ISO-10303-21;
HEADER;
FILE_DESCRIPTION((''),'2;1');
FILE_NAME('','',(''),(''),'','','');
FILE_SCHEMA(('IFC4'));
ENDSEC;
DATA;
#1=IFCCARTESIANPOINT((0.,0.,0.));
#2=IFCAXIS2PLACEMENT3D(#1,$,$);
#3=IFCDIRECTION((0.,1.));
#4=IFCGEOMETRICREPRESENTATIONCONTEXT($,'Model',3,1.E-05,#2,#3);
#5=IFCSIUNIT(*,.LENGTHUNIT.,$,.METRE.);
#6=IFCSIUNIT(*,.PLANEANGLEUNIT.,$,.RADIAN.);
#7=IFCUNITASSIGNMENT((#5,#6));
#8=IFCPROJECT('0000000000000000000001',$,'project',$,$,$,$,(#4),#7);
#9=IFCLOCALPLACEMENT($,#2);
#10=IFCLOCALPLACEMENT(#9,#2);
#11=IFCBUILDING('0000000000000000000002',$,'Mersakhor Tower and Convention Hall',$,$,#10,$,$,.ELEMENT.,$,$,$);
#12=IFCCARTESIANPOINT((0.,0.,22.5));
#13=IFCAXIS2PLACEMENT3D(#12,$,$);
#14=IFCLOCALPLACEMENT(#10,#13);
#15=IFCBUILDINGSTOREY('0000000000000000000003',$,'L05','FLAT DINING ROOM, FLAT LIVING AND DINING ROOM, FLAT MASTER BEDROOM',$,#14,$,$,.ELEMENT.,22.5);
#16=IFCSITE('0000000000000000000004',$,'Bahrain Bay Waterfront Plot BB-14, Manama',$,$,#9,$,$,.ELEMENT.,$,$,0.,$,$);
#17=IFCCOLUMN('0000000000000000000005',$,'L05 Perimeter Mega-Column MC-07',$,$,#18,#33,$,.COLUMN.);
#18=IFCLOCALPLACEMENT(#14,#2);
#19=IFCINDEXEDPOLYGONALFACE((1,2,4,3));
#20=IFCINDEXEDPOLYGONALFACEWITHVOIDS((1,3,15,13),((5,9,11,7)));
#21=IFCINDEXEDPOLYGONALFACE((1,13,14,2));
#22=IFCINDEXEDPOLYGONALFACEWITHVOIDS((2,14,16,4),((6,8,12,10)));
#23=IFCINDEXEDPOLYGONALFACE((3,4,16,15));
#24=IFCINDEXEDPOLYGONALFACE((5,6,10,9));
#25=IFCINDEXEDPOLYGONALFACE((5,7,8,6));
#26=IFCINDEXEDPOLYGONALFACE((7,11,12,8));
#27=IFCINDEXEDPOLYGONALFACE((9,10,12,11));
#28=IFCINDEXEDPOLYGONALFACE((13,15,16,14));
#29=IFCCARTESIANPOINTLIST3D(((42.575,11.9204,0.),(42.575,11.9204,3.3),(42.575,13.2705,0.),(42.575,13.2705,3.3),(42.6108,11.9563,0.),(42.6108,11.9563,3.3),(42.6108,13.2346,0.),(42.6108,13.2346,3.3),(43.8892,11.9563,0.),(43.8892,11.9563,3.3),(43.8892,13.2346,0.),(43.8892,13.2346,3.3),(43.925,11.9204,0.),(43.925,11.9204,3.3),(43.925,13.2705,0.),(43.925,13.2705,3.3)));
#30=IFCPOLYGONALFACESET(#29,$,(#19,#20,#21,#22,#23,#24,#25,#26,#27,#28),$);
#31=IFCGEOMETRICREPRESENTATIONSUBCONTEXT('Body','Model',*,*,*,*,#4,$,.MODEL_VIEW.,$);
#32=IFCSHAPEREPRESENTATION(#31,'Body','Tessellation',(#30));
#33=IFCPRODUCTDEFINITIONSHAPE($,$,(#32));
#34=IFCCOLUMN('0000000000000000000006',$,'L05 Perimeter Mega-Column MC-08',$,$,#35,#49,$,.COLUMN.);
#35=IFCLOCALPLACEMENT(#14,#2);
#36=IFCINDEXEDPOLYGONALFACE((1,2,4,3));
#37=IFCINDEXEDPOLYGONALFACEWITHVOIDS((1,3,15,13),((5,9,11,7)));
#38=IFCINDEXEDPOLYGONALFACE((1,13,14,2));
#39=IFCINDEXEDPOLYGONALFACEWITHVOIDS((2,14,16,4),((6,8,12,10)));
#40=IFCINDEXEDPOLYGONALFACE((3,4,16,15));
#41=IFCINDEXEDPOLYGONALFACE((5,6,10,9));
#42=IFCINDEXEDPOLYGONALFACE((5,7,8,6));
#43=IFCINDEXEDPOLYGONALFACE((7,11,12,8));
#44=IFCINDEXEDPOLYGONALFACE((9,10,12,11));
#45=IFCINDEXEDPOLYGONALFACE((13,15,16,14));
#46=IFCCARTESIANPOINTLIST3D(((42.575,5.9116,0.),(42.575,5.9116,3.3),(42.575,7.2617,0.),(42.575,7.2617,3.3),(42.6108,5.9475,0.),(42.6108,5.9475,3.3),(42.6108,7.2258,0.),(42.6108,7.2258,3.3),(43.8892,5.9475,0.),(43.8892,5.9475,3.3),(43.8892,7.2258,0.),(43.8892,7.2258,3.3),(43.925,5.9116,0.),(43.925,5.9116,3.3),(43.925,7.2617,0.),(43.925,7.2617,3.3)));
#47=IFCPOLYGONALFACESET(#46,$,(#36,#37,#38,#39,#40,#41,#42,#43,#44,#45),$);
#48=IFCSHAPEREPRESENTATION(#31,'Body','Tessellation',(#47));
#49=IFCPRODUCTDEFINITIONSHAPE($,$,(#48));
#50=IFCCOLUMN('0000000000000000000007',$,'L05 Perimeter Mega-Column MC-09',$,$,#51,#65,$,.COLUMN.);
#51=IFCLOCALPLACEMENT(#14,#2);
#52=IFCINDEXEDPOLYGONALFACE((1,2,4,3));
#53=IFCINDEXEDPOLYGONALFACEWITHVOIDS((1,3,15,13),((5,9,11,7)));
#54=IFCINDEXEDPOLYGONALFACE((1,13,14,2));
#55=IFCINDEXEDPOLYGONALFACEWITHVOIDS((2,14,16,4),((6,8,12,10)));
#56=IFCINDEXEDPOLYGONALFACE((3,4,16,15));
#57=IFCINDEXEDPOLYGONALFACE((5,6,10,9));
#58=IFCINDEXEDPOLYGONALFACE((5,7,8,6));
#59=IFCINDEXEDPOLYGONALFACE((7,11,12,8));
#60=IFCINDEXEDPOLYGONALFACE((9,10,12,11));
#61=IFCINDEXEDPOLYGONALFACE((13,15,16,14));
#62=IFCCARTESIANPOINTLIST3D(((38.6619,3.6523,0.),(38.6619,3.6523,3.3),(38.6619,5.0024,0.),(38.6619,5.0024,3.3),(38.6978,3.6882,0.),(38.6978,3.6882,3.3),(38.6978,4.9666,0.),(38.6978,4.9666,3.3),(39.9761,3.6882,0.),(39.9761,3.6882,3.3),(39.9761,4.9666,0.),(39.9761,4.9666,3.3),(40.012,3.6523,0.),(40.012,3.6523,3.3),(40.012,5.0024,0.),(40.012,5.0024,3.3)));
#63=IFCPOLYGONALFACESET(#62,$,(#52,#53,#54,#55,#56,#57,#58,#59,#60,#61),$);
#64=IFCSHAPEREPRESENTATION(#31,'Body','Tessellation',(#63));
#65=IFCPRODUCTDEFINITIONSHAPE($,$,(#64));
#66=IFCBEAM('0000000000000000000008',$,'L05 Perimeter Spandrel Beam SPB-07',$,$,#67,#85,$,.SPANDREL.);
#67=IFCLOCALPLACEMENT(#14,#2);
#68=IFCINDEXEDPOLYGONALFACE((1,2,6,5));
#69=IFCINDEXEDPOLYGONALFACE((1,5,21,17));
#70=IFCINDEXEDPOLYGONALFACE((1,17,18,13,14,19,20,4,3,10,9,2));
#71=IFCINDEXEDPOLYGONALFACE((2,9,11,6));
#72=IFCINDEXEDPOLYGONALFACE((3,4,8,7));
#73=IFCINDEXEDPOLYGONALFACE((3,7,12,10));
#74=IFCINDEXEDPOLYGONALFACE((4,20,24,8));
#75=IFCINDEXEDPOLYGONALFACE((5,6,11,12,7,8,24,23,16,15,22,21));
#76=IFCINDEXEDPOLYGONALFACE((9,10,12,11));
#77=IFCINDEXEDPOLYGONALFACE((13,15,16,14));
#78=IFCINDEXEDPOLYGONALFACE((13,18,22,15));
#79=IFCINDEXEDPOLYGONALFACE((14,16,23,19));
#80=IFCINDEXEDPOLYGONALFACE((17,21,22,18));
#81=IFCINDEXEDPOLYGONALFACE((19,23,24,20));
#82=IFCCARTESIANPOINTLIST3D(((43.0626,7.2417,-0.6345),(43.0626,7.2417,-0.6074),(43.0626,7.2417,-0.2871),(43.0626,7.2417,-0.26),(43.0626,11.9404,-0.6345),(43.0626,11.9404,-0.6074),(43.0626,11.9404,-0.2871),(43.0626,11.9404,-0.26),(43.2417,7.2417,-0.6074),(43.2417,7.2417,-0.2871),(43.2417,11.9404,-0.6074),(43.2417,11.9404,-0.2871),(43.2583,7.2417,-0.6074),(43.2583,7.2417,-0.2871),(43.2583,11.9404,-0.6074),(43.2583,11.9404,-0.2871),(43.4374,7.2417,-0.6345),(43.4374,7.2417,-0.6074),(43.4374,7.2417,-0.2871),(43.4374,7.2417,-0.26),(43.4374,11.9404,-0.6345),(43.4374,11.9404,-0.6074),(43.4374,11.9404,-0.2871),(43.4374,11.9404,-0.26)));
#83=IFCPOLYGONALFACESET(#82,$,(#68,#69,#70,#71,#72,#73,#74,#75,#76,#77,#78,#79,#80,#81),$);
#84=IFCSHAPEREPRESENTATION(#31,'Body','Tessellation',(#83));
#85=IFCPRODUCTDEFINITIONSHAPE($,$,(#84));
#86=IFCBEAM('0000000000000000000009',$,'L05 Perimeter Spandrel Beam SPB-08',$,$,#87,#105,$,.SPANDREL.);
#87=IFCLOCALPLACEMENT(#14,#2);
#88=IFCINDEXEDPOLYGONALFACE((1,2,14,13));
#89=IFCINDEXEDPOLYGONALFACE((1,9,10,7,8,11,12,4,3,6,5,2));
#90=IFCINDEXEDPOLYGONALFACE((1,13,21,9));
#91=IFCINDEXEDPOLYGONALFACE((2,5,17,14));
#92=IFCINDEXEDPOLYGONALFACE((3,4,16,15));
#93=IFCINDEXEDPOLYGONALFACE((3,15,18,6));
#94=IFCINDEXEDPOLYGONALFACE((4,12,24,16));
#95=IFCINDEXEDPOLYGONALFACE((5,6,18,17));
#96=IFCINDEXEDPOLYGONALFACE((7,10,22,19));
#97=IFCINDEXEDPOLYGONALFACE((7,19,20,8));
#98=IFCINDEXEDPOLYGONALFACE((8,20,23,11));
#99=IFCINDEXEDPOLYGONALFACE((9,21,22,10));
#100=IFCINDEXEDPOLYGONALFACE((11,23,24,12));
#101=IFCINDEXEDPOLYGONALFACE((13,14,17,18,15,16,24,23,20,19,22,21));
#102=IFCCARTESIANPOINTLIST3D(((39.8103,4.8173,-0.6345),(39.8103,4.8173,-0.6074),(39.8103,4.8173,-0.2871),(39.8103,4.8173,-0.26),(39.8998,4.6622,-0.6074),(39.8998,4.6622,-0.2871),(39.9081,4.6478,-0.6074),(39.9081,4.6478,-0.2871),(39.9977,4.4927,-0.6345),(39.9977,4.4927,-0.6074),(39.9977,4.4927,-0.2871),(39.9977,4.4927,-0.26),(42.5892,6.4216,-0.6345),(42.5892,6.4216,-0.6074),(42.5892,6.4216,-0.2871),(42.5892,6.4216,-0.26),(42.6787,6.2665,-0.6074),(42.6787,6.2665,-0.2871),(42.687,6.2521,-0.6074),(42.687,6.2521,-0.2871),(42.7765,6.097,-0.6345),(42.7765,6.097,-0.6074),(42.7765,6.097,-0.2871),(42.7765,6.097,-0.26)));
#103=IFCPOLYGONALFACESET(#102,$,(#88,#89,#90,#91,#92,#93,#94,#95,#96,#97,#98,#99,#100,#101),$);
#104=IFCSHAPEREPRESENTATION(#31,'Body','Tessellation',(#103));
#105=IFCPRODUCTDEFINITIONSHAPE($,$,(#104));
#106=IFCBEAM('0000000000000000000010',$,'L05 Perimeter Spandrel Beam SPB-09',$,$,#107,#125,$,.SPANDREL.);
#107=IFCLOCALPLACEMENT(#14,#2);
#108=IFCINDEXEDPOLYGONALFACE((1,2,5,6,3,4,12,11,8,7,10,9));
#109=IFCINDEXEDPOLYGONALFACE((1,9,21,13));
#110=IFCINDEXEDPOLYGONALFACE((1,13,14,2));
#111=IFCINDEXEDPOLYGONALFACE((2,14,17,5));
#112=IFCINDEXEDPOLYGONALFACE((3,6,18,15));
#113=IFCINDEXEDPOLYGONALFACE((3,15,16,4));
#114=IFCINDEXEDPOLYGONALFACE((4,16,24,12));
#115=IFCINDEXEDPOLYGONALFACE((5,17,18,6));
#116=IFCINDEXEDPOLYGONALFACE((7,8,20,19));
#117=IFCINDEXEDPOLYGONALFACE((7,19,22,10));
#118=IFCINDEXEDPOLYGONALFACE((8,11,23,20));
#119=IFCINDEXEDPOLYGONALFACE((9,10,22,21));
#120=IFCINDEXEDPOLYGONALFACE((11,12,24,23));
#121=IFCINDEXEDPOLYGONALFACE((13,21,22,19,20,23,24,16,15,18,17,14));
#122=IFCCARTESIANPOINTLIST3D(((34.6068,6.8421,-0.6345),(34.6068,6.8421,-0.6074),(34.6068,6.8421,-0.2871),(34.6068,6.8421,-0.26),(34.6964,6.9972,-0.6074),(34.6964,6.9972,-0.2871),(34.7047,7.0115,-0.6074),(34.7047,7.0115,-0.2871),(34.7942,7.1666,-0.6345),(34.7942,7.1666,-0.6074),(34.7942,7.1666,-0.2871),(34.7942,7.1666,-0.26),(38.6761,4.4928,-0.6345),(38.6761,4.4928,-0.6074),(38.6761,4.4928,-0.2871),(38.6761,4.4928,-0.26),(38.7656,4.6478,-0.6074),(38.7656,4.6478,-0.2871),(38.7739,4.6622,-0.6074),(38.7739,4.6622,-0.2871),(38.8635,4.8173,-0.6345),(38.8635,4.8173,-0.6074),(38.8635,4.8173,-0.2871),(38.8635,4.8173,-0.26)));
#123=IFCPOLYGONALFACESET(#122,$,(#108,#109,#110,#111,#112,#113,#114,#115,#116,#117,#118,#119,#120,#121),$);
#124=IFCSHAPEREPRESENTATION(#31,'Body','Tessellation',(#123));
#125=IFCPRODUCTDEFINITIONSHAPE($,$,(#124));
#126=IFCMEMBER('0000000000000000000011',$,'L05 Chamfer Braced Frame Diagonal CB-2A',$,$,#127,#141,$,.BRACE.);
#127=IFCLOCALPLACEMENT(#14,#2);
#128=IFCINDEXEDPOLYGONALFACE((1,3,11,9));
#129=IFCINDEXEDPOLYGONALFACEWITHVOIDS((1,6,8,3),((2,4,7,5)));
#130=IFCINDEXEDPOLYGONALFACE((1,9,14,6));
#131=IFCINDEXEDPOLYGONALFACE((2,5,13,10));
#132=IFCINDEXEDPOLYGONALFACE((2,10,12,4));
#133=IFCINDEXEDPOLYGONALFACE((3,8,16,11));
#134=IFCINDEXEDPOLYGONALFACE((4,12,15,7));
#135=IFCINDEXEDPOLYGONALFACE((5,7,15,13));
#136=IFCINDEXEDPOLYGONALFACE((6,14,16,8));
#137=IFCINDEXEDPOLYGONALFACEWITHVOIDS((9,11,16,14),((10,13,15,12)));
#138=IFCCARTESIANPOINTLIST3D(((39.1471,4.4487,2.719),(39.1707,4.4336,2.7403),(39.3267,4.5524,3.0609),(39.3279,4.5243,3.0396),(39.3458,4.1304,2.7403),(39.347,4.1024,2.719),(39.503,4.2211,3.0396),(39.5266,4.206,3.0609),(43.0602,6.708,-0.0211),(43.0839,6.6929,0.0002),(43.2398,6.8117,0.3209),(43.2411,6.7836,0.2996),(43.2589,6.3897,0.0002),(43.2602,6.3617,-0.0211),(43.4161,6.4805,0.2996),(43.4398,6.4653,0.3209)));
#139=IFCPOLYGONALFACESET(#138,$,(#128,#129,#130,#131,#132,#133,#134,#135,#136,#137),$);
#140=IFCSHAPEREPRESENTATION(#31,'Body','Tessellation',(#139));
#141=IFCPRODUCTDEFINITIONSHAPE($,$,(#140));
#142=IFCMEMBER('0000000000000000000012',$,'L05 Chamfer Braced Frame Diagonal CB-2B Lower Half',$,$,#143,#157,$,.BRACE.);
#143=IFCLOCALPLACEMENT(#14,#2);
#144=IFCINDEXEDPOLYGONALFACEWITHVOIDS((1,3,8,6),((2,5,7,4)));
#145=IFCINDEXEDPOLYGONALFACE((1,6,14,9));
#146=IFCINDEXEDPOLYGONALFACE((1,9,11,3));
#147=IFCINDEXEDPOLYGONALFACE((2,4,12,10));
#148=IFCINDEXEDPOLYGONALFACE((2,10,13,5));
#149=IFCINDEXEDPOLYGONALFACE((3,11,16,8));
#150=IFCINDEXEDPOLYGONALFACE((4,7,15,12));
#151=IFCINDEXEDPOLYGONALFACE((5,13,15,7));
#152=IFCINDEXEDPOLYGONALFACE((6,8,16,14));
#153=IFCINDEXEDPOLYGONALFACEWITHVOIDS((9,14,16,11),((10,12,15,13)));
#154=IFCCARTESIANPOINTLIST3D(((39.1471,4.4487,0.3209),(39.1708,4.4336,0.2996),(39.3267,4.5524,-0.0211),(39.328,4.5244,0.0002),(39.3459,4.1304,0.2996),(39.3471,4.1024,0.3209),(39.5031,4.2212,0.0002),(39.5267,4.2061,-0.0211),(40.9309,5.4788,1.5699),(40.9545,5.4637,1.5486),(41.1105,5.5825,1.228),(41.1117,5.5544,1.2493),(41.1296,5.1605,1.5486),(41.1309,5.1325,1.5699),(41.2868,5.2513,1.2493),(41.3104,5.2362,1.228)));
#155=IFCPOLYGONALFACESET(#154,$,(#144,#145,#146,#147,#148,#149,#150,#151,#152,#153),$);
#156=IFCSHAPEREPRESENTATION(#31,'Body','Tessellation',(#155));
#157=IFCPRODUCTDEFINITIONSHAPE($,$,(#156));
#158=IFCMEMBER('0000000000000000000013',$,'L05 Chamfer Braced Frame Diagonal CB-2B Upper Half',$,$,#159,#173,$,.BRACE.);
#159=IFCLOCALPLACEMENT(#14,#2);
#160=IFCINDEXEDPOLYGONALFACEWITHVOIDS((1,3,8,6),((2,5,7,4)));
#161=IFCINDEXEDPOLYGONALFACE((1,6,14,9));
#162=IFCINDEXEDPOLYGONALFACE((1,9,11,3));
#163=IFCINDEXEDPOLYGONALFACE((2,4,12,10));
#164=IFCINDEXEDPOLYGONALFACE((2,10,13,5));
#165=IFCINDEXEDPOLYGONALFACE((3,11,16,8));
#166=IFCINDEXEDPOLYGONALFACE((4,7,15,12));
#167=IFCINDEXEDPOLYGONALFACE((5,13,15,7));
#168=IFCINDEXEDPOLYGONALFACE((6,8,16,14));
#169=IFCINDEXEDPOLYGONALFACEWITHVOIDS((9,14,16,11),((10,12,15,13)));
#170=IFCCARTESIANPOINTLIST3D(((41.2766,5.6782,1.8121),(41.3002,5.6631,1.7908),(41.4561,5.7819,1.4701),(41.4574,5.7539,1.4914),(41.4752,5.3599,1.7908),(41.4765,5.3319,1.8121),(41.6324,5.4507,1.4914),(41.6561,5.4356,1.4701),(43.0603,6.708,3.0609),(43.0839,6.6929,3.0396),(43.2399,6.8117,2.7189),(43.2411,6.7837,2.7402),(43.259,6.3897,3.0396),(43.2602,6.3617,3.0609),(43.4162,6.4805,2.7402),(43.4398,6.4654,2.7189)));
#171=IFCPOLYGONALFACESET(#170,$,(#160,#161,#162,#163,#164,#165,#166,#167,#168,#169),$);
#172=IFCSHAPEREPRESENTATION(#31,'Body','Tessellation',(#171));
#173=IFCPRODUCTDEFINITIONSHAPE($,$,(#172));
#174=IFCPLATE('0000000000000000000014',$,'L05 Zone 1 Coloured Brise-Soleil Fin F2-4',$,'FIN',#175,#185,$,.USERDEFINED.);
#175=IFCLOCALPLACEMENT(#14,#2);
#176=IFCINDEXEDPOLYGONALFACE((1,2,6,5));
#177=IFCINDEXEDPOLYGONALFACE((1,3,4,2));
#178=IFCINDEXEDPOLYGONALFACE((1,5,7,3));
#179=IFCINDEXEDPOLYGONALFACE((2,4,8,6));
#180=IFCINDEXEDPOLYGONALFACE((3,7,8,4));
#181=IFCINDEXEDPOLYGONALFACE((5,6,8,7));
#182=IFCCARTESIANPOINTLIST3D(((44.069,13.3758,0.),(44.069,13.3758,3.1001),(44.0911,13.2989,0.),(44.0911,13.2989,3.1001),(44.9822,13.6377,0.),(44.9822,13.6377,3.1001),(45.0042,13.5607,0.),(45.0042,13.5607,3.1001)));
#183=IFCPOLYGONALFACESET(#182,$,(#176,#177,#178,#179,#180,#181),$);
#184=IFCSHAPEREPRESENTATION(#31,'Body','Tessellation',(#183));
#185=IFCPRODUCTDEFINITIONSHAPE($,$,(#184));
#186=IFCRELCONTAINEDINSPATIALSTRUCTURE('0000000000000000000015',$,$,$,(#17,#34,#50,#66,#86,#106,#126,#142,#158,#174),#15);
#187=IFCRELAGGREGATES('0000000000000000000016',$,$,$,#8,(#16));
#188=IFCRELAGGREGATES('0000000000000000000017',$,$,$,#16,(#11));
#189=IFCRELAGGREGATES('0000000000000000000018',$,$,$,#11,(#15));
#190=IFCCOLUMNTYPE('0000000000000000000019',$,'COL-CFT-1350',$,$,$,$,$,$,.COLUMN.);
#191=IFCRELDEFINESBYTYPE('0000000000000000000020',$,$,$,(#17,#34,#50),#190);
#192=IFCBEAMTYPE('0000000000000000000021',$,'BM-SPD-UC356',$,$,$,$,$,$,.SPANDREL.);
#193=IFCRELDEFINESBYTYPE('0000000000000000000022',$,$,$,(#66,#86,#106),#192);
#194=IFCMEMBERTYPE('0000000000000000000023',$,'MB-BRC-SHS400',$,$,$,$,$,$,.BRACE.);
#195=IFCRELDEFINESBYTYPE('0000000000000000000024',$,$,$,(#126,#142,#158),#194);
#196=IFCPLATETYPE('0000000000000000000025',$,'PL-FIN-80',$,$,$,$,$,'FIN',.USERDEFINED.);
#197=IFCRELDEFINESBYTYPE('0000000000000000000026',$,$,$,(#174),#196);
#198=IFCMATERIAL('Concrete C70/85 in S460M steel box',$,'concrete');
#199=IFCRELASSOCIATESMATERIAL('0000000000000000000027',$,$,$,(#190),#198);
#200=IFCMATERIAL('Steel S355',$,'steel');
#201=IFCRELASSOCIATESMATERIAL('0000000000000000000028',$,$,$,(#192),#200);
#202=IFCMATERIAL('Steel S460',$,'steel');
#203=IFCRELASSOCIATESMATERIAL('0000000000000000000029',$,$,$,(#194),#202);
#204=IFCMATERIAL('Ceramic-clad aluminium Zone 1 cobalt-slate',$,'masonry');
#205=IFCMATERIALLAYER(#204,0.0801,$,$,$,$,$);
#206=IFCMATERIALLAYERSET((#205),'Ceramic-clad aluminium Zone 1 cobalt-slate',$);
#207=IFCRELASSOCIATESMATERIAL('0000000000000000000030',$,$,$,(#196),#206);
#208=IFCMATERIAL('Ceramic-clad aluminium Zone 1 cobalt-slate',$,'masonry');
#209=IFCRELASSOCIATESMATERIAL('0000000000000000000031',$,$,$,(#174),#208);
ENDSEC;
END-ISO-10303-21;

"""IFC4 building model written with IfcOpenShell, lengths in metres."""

from ifc_helpers import new_model, si_unit, direction, frame, origin, origin_2d, place, context, subcontext, project, spatial, rectangle, hollow_rectangle, i_section, extrude, material, layer, layer_set, material_profile, profile_set, type_object, element, save


model = new_model("IFC4")

# Units and contexts
model_context = context("Model", 3, precision=1e-05, world=origin(), true_north=direction((0.0, 1.0)))
body_context = subcontext(model_context, "Body", "Model", "MODEL_VIEW")
ifc_project = project(units=[si_unit("LENGTHUNIT", "METRE"), si_unit("PLANEANGLEUNIT", "RADIAN")], contexts=[model_context])

# Site, building, storey
site_placement = place(None, origin())
site = spatial("IfcSite", under=ifc_project, at=site_placement, Name="Bahrain Bay Waterfront Plot BB-14, Manama", CompositionType="ELEMENT", RefElevation=0.0)
building_placement = place(site_placement, origin())
building = spatial("IfcBuilding", under=site, at=building_placement, Name="Mersakhor Tower and Convention Hall", CompositionType="ELEMENT")
storey_placement = place(building_placement, frame((0.0, 0.0, 22.5)))
storey = spatial("IfcBuildingStorey", under=building, at=storey_placement, Name="L05", Description="FLAT DINING ROOM, FLAT LIVING AND DINING ROOM, FLAT MASTER BEDROOM", CompositionType="ELEMENT", Elevation=22.5)

# Columns
ifc_material_1 = material(Name="Concrete C70/85 in S460M steel box", Category="concrete")
ifc_material_profile_1 = material_profile(ifc_material_1, hollow_rectangle(XDim=1.3501, YDim=1.3501, WallThickness=0.0359, at=origin_2d()), Name="SHS 1350x1350x36")
ifc_profile_set_1 = profile_set([ifc_material_profile_1], Name="Concrete C70/85 in S460M steel box")
column_type = type_object("IfcColumnType", Name="COL-CFT-1350", PredefinedType="COLUMN", material=ifc_profile_set_1)
for number, where, z_axis, x_axis, name in (
    (1, (43.25, 12.5955, 0.0), (0.0, 0.0, 1.0), (1.0, 0.0, 0.0), "L05 Perimeter Mega-Column MC-07"),
    (2, (43.25, 6.5867, 0.0), (0.0, 0.0, 1.0), (1.0, 0.0, 0.0), "L05 Perimeter Mega-Column MC-08"),
    (3, (39.3369, 4.3274, 0.0), (0.0, 0.0, 1.0), (1.0, 0.0, 0.0), "L05 Perimeter Mega-Column MC-09"),
):
    element("IfcColumn", number, at=place(storey_placement, frame(where, z_axis=z_axis, x_axis=x_axis)), inside=storey, type_object=column_type, Name=name, PredefinedType="COLUMN", context=body_context, shape_type="SweptSolid", body=[
        extrude(hollow_rectangle(XDim=1.3501, YDim=1.3501, WallThickness=0.0359, at=origin_2d()), origin(), (0.0, 0.0, 1.0), 3.3),
    ])

# Beams
ifc_material_2 = material(Name="Steel S355", Category="steel")
ifc_material_profile_2 = material_profile(ifc_material_2, i_section(OverallWidth=0.3748, OverallDepth=0.3745, WebThickness=0.0166, FlangeThickness=0.0271, at=origin_2d()), Name="UC 356x368x202")
ifc_profile_set_2 = profile_set([ifc_material_profile_2], Name="Steel S355")
beam_type = type_object("IfcBeamType", Name="BM-SPD-UC356", PredefinedType="SPANDREL", material=ifc_profile_set_2)
beam_1_placement = place(storey_placement, frame((43.25, 11.9404, -0.4473), z_axis=(0.0, -1.0, 0.0), x_axis=(1.0, 0.0, 0.0)))
element("IfcBeam", 4, at=beam_1_placement, inside=storey, type_object=beam_type, Name="L05 Perimeter Spandrel Beam SPB-07", PredefinedType="SPANDREL", context=body_context, shape_type="SweptSolid", body=[
    extrude(i_section(OverallWidth=0.3748, OverallDepth=0.3745, WebThickness=0.0166, FlangeThickness=0.0271, at=origin_2d()), origin(), (0.0, 0.0, 1.0), 4.6987),
])
beam_2_placement = place(storey_placement, frame((42.6829, 6.2593, -0.4473), z_axis=(-0.866039, -0.499977, 0.0), x_axis=(0.499977, -0.866039, 0.0)))
element("IfcBeam", 5, at=beam_2_placement, inside=storey, type_object=beam_type, Name="L05 Perimeter Spandrel Beam SPB-08", PredefinedType="SPANDREL", context=body_context, shape_type="SweptSolid", body=[
    extrude(i_section(OverallWidth=0.3748, OverallDepth=0.3745, WebThickness=0.0166, FlangeThickness=0.0271, at=origin_2d()), origin(), (0.0, 0.0, 1.0), 3.2087),
])
beam_3_placement = place(storey_placement, frame((38.7698, 4.655, -0.4473), z_axis=(-0.866032, 0.499989, 0.0), x_axis=(-0.499989, -0.866032, 0.0)))
element("IfcBeam", 6, at=beam_3_placement, inside=storey, type_object=beam_type, Name="L05 Perimeter Spandrel Beam SPB-09", PredefinedType="SPANDREL", context=body_context, shape_type="SweptSolid", body=[
    extrude(i_section(OverallWidth=0.3748, OverallDepth=0.3745, WebThickness=0.0166, FlangeThickness=0.0271, at=origin_2d()), origin(), (0.0, 0.0, 1.0), 4.6987),
])

# Members
ifc_material_3 = material(Name="Steel S460", Category="steel")
ifc_material_profile_3 = material_profile(ifc_material_3, hollow_rectangle(XDim=0.3999, YDim=0.3999, WallThickness=0.0249, at=origin_2d()), Name="SHS 400x400x25")
ifc_profile_set_3 = profile_set([ifc_material_profile_3], Name="Steel S460")
member_type = type_object("IfcMemberType", Name="MB-BRC-SHS400", PredefinedType="BRACE", material=ifc_profile_set_3)
member_1_placement = place(storey_placement, frame((43.25, 6.5867, 0.1499), z_axis=(-0.740508, -0.427543, 0.518513), x_axis=(0.500009, -0.86602, 0.0)))
element("IfcMember", 7, at=member_1_placement, inside=storey, type_object=member_type, Name="L05 Chamfer Braced Frame Diagonal CB-2A", PredefinedType="BRACE", context=body_context, shape_type="SweptSolid", body=[
    extrude(hollow_rectangle(XDim=0.3999, YDim=0.3999, WallThickness=0.0249, at=origin_2d()), origin(), (0.0, 0.0, 1.0), 5.2844),
])
member_2_placement = place(storey_placement, frame((39.3369, 4.3274, 0.1499), z_axis=(0.740473, 0.427601, 0.518514), x_axis=(-0.500078, 0.86598, 0.0)))
element("IfcMember", 8, at=member_2_placement, inside=storey, type_object=member_type, Name="L05 Chamfer Braced Frame Diagonal CB-2B Lower Half", PredefinedType="BRACE", context=body_context, shape_type="SweptSolid", body=[
    extrude(hollow_rectangle(XDim=0.3999, YDim=0.3999, WallThickness=0.0249, at=origin_2d()), origin(), (0.0, 0.0, 1.0), 2.4089),
])
member_3_placement = place(storey_placement, frame((41.4663, 5.5569, 1.6411), z_axis=(0.740544, 0.427541, 0.518462), x_axis=(-0.499989, 0.866032, 0.0)))
element("IfcMember", 9, at=member_3_placement, inside=storey, type_object=member_type, Name="L05 Chamfer Braced Frame Diagonal CB-2B Upper Half", PredefinedType="BRACE", context=body_context, shape_type="SweptSolid", body=[
    extrude(hollow_rectangle(XDim=0.3999, YDim=0.3999, WallThickness=0.0249, at=origin_2d()), origin(), (0.0, 0.0, 1.0), 2.4087),
])

# Plate
ifc_material_4 = material(Name="Ceramic-clad aluminium Zone 1 cobalt-slate", Category="masonry")
ifc_material_5 = material(Name="Ceramic-clad aluminium Zone 1 cobalt-slate", Category="masonry")
ifc_layer_1 = layer(ifc_material_5, 0.0801)
ifc_layer_set_1 = layer_set([ifc_layer_1], Name="Ceramic-clad aluminium Zone 1 cobalt-slate")
plate_type_1 = type_object("IfcPlateType", Name="PL-FIN-80", ElementType="FIN", PredefinedType="USERDEFINED", material=ifc_layer_set_1)
plate_1_placement = place(storey_placement, frame((44.5366, 13.4683, 0.0), z_axis=(0.0, 0.0, 1.0), x_axis=(0.961262, 0.275637, 0.0)))
element("IfcPlate", 10, at=plate_1_placement, inside=storey, type_object=plate_type_1, material=ifc_material_4, Name="L05 Zone 1 Coloured Brise-Soleil Fin F2-4", ObjectType="FIN", PredefinedType="USERDEFINED", context=body_context, shape_type="SweptSolid", body=[
    extrude(rectangle(XDim=0.95, YDim=0.0801, at=origin_2d()), origin(), (0.0, 0.0, 1.0), 3.1001),
])

save(model, "model.ifc")
